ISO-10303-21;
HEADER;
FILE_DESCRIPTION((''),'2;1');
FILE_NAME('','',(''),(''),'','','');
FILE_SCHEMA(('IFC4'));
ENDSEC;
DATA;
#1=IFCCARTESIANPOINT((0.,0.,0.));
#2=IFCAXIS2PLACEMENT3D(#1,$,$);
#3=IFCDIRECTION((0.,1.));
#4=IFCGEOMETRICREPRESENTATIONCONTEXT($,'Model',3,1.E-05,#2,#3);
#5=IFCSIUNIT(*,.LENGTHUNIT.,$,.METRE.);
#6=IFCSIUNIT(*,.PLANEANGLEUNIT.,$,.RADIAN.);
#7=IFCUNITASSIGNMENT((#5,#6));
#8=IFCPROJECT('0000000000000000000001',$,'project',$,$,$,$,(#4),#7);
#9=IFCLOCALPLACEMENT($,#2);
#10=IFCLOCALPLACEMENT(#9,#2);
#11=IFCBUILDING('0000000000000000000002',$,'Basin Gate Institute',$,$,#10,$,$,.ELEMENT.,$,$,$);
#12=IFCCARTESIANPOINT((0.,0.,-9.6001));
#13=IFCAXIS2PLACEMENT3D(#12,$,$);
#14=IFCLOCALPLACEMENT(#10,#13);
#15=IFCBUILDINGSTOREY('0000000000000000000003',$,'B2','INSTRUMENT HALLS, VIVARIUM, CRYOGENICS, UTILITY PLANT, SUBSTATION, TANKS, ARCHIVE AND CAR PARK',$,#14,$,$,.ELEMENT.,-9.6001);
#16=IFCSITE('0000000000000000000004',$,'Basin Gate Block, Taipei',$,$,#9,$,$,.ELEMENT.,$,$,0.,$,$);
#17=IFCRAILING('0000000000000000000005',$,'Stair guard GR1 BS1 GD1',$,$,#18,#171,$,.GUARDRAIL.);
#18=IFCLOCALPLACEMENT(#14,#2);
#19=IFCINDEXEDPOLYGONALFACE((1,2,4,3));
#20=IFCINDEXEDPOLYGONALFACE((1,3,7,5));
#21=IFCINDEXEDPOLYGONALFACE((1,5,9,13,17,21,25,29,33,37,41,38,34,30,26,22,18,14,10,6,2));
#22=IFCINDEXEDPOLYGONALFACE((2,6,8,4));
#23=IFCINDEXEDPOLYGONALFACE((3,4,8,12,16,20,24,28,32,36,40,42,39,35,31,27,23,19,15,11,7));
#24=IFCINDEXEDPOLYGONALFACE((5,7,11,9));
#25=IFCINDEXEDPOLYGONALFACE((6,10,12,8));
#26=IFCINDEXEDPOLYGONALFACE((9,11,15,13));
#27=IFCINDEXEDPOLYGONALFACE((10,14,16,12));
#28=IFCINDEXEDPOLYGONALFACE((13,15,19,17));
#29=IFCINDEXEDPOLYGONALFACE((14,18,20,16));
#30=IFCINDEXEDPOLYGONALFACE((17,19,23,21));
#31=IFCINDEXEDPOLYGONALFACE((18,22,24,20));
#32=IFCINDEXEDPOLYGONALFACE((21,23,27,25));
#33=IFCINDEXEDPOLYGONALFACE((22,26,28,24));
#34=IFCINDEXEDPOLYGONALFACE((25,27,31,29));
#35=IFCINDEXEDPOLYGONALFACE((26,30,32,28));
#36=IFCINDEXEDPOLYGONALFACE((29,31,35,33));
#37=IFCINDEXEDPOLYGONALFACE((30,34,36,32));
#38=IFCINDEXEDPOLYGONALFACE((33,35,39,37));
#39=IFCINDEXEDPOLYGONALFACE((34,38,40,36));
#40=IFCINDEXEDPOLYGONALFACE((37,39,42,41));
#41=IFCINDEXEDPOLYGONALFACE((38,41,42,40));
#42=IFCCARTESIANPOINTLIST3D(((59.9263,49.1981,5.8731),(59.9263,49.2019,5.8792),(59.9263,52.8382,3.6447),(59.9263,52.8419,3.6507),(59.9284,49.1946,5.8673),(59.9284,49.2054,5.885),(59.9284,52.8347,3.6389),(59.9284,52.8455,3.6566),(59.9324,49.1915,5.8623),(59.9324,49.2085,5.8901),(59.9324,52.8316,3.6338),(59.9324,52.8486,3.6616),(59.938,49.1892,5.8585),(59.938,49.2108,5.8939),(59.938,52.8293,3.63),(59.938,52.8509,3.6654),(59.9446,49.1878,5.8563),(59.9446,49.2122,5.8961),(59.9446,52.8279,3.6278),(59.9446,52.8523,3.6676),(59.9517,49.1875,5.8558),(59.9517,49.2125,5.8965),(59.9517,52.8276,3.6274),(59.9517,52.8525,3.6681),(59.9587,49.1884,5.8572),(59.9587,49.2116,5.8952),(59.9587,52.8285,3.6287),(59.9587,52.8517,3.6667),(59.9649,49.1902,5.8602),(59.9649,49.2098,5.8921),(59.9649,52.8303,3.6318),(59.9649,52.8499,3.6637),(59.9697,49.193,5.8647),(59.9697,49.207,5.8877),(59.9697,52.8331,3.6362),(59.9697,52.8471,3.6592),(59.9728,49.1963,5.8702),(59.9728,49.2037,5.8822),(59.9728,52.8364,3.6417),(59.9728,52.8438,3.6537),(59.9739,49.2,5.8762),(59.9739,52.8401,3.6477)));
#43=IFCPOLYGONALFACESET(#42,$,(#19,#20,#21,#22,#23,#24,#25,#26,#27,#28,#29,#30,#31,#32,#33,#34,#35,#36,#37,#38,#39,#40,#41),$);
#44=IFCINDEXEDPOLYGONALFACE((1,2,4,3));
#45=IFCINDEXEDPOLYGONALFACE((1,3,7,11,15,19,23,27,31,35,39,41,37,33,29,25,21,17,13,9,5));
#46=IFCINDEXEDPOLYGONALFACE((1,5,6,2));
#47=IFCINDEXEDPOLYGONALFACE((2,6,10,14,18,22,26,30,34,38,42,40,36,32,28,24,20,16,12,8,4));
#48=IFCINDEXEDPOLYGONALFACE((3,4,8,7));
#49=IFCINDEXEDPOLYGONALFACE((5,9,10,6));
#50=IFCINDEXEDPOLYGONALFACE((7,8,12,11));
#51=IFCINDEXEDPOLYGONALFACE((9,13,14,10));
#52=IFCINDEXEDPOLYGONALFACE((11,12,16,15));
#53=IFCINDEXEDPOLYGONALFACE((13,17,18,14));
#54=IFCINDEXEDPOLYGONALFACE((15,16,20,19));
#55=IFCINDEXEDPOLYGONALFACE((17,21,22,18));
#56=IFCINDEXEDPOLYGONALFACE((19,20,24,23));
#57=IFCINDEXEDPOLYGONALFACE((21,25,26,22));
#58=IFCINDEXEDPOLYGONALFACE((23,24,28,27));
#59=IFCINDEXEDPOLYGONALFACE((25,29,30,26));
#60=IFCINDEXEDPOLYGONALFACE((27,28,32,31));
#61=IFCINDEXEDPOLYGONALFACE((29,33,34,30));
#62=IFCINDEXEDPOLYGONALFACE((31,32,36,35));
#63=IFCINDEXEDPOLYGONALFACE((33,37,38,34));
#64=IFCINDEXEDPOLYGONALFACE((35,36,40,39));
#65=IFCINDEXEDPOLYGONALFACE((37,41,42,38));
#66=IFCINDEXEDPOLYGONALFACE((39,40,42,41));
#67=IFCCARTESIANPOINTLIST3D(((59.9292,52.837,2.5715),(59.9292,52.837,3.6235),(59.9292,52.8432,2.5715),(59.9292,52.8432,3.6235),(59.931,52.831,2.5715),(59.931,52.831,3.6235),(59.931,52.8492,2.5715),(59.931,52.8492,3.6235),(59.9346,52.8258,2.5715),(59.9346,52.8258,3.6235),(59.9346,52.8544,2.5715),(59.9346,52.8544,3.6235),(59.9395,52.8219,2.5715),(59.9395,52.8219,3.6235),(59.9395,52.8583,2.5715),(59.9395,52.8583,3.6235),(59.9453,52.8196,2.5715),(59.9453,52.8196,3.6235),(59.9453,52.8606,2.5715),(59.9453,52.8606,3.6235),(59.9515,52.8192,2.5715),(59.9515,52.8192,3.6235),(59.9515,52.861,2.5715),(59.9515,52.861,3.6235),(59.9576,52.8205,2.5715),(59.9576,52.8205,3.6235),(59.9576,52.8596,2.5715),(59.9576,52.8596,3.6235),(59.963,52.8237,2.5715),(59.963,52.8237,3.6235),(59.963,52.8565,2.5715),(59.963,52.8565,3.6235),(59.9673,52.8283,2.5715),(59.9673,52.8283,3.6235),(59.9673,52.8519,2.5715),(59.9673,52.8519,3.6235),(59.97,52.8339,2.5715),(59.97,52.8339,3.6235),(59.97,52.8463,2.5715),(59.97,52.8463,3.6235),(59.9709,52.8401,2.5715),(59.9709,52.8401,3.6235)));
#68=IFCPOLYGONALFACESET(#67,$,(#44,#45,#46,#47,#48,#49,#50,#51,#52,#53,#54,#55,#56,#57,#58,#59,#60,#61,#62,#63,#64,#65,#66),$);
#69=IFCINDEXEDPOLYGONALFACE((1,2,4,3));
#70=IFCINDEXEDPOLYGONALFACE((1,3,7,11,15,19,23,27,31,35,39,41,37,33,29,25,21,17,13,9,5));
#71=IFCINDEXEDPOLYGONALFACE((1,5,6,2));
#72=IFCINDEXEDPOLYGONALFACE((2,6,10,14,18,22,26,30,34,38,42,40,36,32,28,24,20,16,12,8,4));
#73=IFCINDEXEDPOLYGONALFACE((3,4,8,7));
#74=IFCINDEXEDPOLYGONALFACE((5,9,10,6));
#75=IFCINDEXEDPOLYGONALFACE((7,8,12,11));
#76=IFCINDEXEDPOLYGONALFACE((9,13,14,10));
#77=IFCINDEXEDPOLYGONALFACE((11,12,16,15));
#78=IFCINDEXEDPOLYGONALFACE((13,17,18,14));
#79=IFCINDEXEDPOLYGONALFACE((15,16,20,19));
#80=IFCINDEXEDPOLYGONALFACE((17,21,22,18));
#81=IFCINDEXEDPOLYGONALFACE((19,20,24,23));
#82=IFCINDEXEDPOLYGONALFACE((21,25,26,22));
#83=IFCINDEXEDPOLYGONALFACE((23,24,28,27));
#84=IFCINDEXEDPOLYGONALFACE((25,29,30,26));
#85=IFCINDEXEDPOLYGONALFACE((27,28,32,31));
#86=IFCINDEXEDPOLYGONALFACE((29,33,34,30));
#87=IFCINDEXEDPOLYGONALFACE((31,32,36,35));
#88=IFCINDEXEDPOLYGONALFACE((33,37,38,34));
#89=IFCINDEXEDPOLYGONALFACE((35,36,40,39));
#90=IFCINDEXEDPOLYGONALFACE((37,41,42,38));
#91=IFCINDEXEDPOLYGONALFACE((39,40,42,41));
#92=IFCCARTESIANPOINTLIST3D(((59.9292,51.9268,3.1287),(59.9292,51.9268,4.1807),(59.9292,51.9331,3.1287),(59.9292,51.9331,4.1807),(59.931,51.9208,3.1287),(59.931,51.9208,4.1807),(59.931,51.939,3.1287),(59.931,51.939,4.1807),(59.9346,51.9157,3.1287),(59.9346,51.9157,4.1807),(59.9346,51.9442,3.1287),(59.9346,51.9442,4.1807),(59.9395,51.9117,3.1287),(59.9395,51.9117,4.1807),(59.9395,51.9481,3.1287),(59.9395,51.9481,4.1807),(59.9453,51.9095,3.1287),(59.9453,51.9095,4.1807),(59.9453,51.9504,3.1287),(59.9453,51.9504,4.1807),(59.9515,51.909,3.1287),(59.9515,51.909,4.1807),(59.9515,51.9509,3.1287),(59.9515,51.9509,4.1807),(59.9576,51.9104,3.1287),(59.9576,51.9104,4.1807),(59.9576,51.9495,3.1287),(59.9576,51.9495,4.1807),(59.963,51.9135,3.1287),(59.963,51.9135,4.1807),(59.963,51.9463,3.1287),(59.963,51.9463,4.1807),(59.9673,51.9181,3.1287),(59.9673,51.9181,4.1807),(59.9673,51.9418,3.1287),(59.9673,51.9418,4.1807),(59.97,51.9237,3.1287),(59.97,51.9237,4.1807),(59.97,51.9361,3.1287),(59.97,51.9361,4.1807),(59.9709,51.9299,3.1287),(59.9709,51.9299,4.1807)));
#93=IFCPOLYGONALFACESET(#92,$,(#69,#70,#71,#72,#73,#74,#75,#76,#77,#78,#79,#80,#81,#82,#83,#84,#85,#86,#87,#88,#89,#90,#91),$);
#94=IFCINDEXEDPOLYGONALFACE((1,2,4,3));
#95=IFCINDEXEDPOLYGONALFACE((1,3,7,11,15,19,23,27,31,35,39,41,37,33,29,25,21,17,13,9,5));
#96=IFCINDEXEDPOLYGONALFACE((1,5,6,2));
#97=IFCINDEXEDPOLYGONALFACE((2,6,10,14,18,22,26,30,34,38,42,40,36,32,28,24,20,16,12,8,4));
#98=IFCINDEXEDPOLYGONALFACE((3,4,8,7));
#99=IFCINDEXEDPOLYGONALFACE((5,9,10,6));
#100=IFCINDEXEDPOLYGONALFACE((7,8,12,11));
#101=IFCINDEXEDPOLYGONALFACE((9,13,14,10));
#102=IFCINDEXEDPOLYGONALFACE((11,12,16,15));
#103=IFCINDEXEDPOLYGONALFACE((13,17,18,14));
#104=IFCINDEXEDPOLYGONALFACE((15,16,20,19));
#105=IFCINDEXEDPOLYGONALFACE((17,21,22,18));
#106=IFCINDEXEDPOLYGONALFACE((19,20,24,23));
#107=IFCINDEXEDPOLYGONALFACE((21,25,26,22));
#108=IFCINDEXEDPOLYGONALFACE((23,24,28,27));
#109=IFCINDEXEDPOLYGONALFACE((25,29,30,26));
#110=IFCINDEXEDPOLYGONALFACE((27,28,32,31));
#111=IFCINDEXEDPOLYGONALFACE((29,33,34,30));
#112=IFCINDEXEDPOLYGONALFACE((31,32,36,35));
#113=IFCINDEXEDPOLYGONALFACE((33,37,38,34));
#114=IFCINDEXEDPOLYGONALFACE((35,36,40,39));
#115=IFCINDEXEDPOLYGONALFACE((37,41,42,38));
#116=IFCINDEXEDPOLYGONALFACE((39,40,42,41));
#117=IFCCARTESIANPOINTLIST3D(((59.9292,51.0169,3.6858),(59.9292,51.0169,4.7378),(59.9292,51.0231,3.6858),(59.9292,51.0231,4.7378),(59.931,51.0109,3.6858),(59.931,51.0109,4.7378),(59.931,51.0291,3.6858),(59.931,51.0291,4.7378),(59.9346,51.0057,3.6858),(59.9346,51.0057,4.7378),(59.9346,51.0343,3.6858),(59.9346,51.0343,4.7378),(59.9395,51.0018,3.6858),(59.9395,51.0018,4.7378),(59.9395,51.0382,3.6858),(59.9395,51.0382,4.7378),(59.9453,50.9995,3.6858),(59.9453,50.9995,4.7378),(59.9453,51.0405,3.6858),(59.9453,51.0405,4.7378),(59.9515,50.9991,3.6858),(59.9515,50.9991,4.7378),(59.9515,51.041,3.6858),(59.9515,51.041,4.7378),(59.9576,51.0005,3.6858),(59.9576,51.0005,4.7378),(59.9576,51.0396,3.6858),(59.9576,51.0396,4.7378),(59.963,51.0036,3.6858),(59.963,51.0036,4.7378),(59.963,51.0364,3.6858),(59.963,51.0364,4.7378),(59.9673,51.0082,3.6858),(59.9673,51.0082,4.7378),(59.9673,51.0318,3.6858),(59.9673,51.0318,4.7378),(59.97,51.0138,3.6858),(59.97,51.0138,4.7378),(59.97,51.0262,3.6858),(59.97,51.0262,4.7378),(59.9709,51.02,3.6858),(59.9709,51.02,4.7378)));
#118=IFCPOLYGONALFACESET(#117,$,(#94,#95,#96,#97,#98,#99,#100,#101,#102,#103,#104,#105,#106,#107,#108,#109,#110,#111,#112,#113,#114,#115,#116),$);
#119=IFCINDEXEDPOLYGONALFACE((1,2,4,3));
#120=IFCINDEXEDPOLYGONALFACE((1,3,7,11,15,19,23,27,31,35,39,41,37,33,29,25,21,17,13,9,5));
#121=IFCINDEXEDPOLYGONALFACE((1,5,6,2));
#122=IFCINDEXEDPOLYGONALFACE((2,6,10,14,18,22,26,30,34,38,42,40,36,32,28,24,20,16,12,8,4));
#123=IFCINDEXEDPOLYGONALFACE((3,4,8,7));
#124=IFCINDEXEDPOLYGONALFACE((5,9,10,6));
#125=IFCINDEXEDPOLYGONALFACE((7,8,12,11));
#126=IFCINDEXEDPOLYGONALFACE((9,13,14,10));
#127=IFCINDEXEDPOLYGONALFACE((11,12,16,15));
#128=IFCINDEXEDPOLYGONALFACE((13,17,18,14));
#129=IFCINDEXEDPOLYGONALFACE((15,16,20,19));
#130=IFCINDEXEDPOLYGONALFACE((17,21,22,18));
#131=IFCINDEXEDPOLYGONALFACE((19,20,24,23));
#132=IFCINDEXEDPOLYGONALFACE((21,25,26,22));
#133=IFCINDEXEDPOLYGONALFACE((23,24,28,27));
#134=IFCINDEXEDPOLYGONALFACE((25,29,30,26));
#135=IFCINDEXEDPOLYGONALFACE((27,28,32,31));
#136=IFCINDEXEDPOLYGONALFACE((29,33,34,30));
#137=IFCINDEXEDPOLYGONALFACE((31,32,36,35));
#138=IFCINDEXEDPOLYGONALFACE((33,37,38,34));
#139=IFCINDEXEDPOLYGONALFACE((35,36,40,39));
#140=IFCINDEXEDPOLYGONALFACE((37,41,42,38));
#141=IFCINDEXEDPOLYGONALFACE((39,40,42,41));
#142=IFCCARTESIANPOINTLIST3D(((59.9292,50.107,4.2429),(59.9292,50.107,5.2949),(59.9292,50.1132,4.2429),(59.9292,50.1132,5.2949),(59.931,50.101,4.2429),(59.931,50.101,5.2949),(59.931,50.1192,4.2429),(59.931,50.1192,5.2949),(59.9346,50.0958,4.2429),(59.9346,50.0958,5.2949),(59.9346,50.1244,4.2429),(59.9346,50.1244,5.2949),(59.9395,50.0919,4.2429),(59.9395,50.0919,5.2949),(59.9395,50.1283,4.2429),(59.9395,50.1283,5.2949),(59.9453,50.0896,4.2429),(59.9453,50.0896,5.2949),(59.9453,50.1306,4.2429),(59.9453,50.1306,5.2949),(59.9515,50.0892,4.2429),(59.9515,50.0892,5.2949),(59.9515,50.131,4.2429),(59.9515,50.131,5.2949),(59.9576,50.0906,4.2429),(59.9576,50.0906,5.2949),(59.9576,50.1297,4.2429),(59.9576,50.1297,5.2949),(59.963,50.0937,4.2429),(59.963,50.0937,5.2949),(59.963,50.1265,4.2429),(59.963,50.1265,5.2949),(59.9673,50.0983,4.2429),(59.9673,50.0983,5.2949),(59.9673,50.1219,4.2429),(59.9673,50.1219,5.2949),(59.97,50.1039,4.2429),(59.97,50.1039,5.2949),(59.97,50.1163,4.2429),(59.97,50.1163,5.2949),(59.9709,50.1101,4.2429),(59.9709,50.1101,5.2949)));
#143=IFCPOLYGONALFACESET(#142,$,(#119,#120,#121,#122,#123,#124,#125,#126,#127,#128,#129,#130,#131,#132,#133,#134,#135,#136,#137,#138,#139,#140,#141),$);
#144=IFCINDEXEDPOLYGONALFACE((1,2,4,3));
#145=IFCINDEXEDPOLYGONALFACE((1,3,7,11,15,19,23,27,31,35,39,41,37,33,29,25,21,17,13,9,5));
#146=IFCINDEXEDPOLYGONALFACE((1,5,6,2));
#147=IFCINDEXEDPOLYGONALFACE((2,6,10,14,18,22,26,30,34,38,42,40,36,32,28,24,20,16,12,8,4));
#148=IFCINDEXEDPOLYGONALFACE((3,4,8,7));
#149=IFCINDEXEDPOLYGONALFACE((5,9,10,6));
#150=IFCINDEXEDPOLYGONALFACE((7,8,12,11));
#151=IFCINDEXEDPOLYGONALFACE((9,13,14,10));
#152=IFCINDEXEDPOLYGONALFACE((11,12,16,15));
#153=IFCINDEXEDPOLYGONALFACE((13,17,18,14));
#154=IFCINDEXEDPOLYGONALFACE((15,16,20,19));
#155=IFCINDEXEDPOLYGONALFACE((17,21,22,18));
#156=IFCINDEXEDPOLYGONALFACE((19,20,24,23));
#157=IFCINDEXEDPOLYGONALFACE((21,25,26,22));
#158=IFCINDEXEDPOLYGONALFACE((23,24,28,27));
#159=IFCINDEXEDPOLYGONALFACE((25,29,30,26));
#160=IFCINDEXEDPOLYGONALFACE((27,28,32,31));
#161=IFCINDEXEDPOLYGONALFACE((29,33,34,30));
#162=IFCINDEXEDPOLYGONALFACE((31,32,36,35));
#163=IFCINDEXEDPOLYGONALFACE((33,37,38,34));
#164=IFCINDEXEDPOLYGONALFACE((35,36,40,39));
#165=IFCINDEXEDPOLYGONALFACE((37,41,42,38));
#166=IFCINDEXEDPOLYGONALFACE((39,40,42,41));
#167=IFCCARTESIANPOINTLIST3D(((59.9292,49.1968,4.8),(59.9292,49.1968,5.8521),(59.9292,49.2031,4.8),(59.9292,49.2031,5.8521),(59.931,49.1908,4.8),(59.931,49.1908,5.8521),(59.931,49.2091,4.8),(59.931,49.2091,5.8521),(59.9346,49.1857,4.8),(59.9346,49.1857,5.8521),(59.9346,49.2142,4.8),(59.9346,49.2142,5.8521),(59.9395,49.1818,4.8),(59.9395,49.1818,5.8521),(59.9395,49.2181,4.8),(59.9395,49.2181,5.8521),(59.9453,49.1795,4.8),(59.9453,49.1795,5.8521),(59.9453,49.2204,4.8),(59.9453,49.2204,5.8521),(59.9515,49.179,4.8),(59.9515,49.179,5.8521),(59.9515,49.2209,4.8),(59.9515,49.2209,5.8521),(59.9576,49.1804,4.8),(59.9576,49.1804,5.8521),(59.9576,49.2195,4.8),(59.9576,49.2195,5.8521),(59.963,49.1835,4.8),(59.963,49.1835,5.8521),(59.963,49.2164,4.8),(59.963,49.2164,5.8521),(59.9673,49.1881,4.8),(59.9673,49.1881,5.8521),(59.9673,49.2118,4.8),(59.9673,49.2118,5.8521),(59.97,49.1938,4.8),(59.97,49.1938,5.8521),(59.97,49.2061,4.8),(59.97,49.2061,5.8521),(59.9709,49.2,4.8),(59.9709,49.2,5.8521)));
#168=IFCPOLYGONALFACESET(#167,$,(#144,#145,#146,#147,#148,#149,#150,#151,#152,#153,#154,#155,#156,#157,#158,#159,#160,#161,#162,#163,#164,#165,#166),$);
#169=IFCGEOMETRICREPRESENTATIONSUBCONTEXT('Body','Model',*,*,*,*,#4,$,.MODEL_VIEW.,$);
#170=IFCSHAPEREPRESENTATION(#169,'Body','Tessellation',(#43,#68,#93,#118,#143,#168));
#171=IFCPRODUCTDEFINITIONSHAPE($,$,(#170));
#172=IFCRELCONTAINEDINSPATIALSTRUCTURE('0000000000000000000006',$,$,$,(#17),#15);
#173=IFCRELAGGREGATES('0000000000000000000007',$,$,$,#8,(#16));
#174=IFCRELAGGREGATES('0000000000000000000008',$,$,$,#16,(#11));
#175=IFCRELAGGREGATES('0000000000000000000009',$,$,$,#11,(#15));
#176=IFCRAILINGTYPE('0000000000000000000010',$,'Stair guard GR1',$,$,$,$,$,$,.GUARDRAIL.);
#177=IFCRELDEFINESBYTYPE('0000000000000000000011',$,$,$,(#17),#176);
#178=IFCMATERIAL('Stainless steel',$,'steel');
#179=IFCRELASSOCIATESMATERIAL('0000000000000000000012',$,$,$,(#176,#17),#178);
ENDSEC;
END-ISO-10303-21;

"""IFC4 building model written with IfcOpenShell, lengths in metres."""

from ifc_helpers import new_model, si_unit, direction, frame, origin, origin_2d, place, context, subcontext, project, spatial, circle, extrude, material, type_object, element, save


model = new_model("IFC4")

# Units and contexts
model_context = context("Model", 3, precision=1e-05, world=origin(), true_north=direction((0.0, 1.0)))
body_context = subcontext(model_context, "Body", "Model", "MODEL_VIEW")
ifc_project = project(units=[si_unit("LENGTHUNIT", "METRE"), si_unit("PLANEANGLEUNIT", "RADIAN")], contexts=[model_context])

# Site, building, storey
site_placement = place(None, origin())
site = spatial("IfcSite", under=ifc_project, at=site_placement, Name="Basin Gate Block, Taipei", CompositionType="ELEMENT", RefElevation=0.0)
building_placement = place(site_placement, origin())
building = spatial("IfcBuilding", under=site, at=building_placement, Name="Basin Gate Institute", CompositionType="ELEMENT")
storey_placement = place(building_placement, frame((0.0, 0.0, -9.6001)))
storey = spatial("IfcBuildingStorey", under=building, at=storey_placement, Name="B2", Description="INSTRUMENT HALLS, VIVARIUM, CRYOGENICS, UTILITY PLANT, SUBSTATION, TANKS, ARCHIVE AND CAR PARK", CompositionType="ELEMENT", Elevation=-9.6001)

# Railing
ifc_material_1 = material(Name="Stainless steel", Category="steel")
railing_type_1 = type_object("IfcRailingType", Name="Stair guard GR1", PredefinedType="GUARDRAIL", material=ifc_material_1)
railing_1_placement = place(storey_placement, frame((59.95, 52.8401, 2.5715)))
element("IfcRailing", 1, at=railing_1_placement, inside=storey, type_object=railing_type_1, material=ifc_material_1, Name="Stair guard GR1 BS1 GD1", PredefinedType="GUARDRAIL", context=body_context, shape_type="SweptSolid", body=[
    extrude(circle(Radius=0.0239, at=origin_2d()), frame((0.0, 0.0, 1.0762), z_axis=(0.0, -0.852866, 0.52213), x_axis=(1.0, 0.0, 0.0)), (0.0, 0.0, 1.0), 4.2681),
    extrude(circle(Radius=0.021, at=origin_2d()), origin(), (0.0, 0.0, 1.0), 1.052),
    extrude(circle(Radius=0.021, at=origin_2d()), frame((0.0, -0.9102, 0.5571)), (0.0, 0.0, 1.0), 1.052),
    extrude(circle(Radius=0.021, at=origin_2d()), frame((0.0, -1.8201, 1.1143)), (0.0, 0.0, 1.0), 1.052),
    extrude(circle(Radius=0.021, at=origin_2d()), frame((0.0, -2.73, 1.6714)), (0.0, 0.0, 1.0), 1.052),
    extrude(circle(Radius=0.021, at=origin_2d()), frame((0.0, -3.6401, 2.2285)), (0.0, 0.0, 1.0), 1.052),
])

save(model, "model.ifc")
